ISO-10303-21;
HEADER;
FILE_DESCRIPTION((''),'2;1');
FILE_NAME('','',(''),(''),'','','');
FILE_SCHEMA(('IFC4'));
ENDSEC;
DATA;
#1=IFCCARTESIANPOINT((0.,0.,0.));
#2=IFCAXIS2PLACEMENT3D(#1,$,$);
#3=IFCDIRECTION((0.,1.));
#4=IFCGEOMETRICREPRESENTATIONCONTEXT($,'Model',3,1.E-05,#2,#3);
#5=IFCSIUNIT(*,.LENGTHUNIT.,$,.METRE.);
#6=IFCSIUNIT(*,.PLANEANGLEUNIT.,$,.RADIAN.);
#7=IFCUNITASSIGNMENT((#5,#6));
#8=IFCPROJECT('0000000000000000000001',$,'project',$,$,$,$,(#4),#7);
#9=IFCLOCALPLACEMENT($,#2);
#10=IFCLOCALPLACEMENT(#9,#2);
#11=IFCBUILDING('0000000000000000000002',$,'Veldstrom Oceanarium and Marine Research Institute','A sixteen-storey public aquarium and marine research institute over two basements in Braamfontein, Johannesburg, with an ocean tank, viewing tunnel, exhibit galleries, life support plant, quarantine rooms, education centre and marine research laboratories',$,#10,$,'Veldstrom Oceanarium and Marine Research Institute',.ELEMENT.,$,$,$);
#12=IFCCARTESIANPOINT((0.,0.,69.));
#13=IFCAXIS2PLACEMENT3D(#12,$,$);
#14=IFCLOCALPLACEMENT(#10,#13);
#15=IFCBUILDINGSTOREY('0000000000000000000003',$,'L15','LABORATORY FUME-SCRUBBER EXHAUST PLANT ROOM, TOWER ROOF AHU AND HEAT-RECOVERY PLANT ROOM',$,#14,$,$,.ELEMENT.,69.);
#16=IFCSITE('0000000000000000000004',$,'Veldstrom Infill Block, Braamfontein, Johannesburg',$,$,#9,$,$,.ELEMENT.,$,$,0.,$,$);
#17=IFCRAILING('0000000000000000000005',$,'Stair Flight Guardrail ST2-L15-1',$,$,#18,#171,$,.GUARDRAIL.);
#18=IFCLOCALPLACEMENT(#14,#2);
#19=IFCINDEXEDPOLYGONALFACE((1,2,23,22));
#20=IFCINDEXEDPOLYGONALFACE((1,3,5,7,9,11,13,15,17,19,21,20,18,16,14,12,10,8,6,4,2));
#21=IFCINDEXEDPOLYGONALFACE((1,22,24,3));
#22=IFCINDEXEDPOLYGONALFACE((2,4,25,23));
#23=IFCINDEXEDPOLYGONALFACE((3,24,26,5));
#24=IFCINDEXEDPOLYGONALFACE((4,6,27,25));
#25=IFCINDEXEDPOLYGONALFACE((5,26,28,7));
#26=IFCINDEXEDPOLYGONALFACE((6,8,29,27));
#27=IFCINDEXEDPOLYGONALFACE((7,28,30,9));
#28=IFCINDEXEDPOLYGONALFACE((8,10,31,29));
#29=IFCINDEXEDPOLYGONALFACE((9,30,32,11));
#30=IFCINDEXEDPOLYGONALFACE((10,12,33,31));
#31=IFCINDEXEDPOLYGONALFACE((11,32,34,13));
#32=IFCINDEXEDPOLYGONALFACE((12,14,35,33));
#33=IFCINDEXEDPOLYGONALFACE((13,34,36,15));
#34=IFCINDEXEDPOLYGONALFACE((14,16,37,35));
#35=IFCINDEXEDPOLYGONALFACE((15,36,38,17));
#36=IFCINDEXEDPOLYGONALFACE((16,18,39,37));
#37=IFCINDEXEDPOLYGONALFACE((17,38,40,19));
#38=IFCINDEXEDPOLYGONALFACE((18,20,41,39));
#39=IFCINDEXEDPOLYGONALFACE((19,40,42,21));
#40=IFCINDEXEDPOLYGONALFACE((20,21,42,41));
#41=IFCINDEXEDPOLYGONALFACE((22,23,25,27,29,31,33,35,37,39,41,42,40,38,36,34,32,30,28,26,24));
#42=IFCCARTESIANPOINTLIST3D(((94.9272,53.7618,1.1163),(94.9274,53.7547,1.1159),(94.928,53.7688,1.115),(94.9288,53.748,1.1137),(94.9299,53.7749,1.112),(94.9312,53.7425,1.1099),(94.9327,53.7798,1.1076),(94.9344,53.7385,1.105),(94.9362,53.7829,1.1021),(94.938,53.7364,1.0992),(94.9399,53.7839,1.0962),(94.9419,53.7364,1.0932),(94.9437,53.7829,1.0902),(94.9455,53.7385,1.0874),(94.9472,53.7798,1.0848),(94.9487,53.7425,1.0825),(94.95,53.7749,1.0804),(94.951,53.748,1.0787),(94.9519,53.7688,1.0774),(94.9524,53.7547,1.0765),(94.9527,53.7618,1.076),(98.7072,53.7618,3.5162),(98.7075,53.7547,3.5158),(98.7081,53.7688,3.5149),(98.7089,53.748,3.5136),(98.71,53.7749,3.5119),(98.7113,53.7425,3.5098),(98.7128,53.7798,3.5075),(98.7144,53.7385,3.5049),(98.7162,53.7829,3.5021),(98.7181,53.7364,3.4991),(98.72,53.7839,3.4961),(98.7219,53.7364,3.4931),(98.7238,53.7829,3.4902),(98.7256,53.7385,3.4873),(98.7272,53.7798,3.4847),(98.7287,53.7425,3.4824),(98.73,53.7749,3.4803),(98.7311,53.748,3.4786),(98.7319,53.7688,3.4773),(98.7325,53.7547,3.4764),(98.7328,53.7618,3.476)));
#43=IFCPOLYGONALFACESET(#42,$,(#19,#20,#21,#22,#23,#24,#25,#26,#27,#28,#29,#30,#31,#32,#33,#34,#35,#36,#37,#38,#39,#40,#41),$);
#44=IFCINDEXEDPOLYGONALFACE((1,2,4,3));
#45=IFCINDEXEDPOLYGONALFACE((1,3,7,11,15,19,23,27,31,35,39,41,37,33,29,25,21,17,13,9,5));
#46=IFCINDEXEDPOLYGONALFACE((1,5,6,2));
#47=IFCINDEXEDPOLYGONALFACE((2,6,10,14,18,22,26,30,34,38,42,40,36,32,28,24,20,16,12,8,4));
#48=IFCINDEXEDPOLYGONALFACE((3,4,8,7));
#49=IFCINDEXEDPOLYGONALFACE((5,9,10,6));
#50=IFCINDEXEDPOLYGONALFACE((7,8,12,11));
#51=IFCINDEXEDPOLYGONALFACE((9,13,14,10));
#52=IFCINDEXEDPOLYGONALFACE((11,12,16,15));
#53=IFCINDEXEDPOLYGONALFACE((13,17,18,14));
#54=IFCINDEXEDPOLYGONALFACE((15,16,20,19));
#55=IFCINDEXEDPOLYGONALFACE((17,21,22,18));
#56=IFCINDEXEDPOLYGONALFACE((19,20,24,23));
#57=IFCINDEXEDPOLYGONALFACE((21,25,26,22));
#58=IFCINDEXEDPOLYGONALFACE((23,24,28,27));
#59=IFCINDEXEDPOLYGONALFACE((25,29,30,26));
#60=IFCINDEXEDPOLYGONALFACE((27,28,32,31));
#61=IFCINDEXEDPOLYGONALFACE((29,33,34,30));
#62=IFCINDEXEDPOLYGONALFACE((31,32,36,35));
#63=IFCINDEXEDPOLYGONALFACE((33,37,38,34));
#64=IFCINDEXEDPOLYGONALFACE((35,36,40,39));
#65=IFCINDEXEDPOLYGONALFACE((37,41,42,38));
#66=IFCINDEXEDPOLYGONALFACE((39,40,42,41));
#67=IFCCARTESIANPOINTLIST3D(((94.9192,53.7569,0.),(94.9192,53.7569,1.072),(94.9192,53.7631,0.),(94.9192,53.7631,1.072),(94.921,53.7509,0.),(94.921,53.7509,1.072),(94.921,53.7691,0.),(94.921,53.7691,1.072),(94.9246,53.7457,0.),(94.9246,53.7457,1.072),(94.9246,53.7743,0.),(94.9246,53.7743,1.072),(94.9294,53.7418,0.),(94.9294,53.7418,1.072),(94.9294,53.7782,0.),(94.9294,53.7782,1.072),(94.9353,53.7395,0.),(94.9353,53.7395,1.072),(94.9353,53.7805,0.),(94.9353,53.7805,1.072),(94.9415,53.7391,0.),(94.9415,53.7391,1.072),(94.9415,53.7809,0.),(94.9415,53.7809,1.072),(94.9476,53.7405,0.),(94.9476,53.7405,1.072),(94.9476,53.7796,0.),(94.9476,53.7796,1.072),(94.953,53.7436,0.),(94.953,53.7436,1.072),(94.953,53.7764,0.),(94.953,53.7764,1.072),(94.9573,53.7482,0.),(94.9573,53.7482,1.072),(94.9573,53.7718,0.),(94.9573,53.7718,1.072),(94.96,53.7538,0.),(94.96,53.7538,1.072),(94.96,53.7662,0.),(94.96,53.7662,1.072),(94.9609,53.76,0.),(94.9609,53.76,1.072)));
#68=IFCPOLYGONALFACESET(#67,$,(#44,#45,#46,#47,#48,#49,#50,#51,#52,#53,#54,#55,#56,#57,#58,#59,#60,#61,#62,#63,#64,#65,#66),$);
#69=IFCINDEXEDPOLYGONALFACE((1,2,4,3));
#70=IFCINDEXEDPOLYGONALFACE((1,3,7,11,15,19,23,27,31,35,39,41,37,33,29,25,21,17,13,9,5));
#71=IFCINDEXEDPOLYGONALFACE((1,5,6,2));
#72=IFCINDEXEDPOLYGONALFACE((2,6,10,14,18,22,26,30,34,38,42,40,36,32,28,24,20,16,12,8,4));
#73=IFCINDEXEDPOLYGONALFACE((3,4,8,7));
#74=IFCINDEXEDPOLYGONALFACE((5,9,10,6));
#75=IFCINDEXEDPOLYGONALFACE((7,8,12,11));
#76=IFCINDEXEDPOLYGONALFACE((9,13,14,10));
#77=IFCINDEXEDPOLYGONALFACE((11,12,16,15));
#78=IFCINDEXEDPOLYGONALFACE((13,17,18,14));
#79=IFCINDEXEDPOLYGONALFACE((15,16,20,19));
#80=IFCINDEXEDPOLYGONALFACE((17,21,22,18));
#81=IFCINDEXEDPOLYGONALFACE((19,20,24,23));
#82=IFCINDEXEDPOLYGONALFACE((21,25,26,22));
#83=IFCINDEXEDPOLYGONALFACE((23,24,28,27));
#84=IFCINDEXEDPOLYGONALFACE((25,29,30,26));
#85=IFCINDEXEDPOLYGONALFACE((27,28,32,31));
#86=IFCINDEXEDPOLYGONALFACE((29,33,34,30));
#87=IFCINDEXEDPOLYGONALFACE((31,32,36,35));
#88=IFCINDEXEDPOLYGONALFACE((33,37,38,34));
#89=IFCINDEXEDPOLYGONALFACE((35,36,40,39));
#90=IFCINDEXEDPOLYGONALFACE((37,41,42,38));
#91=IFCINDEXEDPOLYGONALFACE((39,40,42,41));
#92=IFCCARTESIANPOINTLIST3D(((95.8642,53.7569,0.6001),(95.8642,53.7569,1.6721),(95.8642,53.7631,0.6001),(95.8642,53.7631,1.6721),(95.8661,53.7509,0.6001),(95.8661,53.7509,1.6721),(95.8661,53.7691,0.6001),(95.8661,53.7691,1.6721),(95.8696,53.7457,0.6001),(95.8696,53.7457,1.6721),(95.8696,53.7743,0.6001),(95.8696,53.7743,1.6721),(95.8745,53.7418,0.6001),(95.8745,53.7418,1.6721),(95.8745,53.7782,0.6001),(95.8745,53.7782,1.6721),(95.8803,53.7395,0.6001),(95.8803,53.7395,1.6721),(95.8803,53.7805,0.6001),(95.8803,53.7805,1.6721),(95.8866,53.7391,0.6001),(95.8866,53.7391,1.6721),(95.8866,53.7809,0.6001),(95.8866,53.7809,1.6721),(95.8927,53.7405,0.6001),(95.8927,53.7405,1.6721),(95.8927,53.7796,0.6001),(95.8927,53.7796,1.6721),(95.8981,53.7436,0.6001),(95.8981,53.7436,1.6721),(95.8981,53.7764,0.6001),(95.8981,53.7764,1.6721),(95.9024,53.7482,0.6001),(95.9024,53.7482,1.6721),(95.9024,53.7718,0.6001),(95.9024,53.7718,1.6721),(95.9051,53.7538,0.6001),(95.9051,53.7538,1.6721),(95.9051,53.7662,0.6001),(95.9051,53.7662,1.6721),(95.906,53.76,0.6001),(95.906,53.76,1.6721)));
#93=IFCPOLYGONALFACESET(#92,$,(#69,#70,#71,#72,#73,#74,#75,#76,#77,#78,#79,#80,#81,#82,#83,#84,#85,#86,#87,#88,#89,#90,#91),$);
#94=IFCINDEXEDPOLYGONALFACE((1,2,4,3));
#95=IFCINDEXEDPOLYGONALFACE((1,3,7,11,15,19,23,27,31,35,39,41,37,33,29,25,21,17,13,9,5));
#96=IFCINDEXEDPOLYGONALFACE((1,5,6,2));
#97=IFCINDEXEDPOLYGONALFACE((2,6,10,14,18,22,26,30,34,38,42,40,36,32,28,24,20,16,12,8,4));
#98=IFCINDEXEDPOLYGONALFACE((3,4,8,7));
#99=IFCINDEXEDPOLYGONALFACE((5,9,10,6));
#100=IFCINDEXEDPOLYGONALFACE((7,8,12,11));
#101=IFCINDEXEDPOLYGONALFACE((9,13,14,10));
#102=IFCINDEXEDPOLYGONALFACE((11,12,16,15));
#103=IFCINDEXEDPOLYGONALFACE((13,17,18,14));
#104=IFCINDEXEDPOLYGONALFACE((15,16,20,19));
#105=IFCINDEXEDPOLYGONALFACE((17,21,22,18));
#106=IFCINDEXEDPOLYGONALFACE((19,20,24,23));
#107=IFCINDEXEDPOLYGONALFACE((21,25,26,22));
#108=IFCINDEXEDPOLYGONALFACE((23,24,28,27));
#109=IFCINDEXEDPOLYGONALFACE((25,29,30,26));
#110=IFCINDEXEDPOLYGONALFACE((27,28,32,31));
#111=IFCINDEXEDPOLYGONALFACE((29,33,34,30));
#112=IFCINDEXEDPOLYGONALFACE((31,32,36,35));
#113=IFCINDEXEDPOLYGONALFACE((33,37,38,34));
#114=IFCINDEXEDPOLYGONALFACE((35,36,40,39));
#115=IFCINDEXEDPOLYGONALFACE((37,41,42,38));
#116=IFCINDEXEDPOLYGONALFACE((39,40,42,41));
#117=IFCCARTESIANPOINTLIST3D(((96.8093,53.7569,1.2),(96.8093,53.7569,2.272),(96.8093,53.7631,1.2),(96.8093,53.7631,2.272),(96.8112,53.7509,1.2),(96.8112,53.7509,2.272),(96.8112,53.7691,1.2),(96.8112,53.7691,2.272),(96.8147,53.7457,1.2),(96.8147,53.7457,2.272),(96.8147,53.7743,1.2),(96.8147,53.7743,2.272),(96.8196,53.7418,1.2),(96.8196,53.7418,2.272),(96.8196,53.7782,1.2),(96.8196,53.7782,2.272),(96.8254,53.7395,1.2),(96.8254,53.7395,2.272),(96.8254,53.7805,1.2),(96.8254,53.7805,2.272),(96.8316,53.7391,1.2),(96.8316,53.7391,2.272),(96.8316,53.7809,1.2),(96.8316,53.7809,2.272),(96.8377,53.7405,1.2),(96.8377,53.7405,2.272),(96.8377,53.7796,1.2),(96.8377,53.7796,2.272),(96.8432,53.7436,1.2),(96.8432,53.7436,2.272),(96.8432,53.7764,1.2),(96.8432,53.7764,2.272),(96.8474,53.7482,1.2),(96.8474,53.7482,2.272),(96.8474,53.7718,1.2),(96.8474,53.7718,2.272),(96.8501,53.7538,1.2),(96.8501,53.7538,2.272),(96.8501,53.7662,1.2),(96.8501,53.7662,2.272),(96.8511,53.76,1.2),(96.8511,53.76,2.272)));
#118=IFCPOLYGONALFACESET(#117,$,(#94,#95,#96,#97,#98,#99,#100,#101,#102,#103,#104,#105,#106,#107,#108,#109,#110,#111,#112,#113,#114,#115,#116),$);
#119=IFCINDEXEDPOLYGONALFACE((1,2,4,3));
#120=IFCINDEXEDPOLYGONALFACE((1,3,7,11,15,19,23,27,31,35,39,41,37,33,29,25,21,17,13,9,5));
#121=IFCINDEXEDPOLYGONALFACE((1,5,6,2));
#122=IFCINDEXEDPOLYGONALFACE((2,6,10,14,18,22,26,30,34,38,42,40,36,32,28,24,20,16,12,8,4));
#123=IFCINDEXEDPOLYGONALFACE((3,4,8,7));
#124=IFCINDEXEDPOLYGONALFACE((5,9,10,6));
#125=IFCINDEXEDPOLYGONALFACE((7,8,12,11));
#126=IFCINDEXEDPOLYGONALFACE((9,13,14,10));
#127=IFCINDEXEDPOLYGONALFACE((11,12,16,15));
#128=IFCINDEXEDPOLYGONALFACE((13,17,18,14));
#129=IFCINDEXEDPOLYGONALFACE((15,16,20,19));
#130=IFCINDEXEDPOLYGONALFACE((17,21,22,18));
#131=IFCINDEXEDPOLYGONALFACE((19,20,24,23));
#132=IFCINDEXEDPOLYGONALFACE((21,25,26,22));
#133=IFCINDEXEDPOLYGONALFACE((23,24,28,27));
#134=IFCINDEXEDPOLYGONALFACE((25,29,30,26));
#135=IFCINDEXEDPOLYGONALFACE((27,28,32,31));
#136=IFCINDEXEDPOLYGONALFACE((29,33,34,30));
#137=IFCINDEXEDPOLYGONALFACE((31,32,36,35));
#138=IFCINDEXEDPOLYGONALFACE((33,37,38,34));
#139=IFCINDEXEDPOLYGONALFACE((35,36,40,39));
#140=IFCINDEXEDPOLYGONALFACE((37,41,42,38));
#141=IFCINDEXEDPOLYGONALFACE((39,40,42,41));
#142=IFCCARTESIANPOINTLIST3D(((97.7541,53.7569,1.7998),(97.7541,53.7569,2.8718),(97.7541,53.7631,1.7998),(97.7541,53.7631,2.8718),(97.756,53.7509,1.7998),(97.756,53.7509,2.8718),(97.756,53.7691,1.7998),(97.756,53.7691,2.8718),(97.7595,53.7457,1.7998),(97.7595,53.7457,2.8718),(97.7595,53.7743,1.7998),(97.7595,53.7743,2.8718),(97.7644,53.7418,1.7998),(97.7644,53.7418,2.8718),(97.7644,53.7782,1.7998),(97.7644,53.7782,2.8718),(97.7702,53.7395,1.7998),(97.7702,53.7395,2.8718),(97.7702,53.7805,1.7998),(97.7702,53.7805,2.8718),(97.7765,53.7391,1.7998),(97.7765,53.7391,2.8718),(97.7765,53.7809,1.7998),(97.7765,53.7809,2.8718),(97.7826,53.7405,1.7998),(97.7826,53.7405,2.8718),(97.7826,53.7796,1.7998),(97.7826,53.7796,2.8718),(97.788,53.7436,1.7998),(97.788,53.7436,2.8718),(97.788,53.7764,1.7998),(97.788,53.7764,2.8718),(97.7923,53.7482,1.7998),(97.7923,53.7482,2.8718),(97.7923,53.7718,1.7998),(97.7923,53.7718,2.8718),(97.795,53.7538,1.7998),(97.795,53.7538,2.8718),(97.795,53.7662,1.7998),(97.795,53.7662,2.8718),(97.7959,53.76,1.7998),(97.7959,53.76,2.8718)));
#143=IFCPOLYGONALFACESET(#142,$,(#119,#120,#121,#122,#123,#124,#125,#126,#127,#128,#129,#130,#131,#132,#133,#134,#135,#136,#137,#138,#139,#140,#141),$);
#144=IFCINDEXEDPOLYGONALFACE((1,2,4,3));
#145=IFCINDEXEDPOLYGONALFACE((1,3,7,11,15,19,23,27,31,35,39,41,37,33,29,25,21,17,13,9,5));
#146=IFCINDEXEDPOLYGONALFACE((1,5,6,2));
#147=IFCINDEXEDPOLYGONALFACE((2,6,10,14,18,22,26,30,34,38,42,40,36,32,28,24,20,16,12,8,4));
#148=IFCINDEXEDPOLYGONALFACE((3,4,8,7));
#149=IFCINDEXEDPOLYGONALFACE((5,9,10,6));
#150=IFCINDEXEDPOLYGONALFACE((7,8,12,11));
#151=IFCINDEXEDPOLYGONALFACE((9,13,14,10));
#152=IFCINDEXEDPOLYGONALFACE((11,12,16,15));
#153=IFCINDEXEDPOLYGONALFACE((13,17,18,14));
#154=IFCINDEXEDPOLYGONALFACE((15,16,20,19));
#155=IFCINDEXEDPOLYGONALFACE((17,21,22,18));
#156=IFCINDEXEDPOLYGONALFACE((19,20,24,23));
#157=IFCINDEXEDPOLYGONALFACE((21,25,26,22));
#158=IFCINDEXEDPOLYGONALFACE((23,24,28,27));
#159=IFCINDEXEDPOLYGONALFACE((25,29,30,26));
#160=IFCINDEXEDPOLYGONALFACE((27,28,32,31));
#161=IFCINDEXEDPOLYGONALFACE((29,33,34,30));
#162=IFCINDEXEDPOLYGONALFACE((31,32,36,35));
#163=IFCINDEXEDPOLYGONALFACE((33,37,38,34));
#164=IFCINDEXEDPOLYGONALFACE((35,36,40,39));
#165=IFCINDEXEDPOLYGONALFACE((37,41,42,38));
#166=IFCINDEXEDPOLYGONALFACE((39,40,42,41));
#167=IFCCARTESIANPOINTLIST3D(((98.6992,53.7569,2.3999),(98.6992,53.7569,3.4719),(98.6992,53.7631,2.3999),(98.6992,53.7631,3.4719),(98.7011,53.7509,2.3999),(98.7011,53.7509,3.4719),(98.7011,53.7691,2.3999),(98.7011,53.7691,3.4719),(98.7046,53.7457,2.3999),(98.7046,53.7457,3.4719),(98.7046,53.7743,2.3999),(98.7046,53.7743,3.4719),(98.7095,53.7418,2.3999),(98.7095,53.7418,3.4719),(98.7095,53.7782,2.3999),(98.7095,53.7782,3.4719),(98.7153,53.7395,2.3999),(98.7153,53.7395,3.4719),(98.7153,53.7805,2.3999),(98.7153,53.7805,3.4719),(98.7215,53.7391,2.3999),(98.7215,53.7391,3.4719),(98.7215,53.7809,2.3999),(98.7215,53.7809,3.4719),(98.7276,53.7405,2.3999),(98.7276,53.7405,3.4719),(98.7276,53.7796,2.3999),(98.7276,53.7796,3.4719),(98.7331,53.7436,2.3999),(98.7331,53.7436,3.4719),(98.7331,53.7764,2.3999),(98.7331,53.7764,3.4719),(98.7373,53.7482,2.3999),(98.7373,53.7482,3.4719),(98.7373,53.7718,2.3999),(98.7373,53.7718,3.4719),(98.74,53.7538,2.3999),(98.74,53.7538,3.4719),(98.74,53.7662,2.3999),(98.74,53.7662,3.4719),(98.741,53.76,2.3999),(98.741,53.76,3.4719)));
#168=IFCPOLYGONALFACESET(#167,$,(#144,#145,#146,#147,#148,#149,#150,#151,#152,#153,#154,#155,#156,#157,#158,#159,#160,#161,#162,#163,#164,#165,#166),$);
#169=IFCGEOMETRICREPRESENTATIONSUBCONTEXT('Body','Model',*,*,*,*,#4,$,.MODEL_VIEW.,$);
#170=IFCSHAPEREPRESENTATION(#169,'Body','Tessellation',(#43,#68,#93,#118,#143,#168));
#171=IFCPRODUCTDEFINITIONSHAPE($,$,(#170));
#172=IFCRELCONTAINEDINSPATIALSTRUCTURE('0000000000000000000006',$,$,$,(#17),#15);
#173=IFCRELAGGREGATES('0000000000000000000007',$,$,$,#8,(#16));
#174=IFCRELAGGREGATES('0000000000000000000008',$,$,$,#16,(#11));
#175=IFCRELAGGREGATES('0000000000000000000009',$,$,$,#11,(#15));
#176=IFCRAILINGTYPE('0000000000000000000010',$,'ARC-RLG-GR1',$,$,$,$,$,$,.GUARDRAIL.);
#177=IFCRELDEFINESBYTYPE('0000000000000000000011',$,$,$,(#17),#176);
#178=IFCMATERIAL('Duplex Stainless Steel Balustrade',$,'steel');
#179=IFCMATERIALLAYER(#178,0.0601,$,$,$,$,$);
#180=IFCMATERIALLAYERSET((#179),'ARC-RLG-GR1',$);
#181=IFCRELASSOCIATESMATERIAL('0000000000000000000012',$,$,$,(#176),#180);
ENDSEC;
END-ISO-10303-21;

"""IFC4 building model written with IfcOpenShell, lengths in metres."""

from ifc_helpers import new_model, si_unit, direction, frame, origin, origin_2d, place, context, subcontext, project, spatial, circle, extrude, material, layer, layer_set, type_object, element, save


model = new_model("IFC4")

# Units and contexts
model_context = context("Model", 3, precision=1e-05, world=origin(), true_north=direction((0.0, 1.0)))
body_context = subcontext(model_context, "Body", "Model", "MODEL_VIEW")
ifc_project = project(units=[si_unit("LENGTHUNIT", "METRE"), si_unit("PLANEANGLEUNIT", "RADIAN")], contexts=[model_context])

# Site, building, storey
site_placement = place(None, origin())
site = spatial("IfcSite", under=ifc_project, at=site_placement, Name="Veldstrom Infill Block, Braamfontein, Johannesburg", CompositionType="ELEMENT", RefElevation=0.0)
building_placement = place(site_placement, origin())
building = spatial("IfcBuilding", under=site, at=building_placement, Name="Veldstrom Oceanarium and Marine Research Institute", Description="A sixteen-storey public aquarium and marine research institute over two basements in Braamfontein, Johannesburg, with an ocean tank, viewing tunnel, exhibit galleries, life support plant, quarantine rooms, education centre and marine research laboratories", LongName="Veldstrom Oceanarium and Marine Research Institute", CompositionType="ELEMENT")
storey_placement = place(building_placement, frame((0.0, 0.0, 69.0)))
storey = spatial("IfcBuildingStorey", under=building, at=storey_placement, Name="L15", Description="LABORATORY FUME-SCRUBBER EXHAUST PLANT ROOM, TOWER ROOF AHU AND HEAT-RECOVERY PLANT ROOM", CompositionType="ELEMENT", Elevation=69.0)

# Railing
ifc_material_1 = material(Name="Duplex Stainless Steel Balustrade", Category="steel")
ifc_layer_1 = layer(ifc_material_1, 0.0601)
ifc_layer_set_1 = layer_set([ifc_layer_1], Name="ARC-RLG-GR1")
railing_type_1 = type_object("IfcRailingType", Name="ARC-RLG-GR1", PredefinedType="GUARDRAIL", material=ifc_layer_set_1)
railing_1_placement = place(storey_placement, frame((94.9399, 53.76, 0.0)))
element("IfcRailing", 1, at=railing_1_placement, inside=storey, type_object=railing_type_1, Name="Stair Flight Guardrail ST2-L15-1", PredefinedType="GUARDRAIL", context=body_context, shape_type="SweptSolid", body=[
    extrude(circle(Radius=0.0239, at=origin_2d()), frame((0.0, 0.0, 1.0962), z_axis=(0.844225, 0.0, 0.53599), x_axis=(0.0, 1.0, 0.0)), (0.0, 0.0, 1.0), 4.4775),
    extrude(circle(Radius=0.021, at=origin_2d()), origin(), (0.0, 0.0, 1.0), 1.072),
    extrude(circle(Radius=0.021, at=origin_2d()), frame((0.9451, 0.0, 0.6001)), (0.0, 0.0, 1.0), 1.072),
    extrude(circle(Radius=0.021, at=origin_2d()), frame((1.8901, 0.0, 1.2)), (0.0, 0.0, 1.0), 1.072),
    extrude(circle(Radius=0.021, at=origin_2d()), frame((2.835, 0.0, 1.7998)), (0.0, 0.0, 1.0), 1.072),
    extrude(circle(Radius=0.021, at=origin_2d()), frame((3.78, 0.0, 2.3999)), (0.0, 0.0, 1.0), 1.072),
])

save(model, "model.ifc")
